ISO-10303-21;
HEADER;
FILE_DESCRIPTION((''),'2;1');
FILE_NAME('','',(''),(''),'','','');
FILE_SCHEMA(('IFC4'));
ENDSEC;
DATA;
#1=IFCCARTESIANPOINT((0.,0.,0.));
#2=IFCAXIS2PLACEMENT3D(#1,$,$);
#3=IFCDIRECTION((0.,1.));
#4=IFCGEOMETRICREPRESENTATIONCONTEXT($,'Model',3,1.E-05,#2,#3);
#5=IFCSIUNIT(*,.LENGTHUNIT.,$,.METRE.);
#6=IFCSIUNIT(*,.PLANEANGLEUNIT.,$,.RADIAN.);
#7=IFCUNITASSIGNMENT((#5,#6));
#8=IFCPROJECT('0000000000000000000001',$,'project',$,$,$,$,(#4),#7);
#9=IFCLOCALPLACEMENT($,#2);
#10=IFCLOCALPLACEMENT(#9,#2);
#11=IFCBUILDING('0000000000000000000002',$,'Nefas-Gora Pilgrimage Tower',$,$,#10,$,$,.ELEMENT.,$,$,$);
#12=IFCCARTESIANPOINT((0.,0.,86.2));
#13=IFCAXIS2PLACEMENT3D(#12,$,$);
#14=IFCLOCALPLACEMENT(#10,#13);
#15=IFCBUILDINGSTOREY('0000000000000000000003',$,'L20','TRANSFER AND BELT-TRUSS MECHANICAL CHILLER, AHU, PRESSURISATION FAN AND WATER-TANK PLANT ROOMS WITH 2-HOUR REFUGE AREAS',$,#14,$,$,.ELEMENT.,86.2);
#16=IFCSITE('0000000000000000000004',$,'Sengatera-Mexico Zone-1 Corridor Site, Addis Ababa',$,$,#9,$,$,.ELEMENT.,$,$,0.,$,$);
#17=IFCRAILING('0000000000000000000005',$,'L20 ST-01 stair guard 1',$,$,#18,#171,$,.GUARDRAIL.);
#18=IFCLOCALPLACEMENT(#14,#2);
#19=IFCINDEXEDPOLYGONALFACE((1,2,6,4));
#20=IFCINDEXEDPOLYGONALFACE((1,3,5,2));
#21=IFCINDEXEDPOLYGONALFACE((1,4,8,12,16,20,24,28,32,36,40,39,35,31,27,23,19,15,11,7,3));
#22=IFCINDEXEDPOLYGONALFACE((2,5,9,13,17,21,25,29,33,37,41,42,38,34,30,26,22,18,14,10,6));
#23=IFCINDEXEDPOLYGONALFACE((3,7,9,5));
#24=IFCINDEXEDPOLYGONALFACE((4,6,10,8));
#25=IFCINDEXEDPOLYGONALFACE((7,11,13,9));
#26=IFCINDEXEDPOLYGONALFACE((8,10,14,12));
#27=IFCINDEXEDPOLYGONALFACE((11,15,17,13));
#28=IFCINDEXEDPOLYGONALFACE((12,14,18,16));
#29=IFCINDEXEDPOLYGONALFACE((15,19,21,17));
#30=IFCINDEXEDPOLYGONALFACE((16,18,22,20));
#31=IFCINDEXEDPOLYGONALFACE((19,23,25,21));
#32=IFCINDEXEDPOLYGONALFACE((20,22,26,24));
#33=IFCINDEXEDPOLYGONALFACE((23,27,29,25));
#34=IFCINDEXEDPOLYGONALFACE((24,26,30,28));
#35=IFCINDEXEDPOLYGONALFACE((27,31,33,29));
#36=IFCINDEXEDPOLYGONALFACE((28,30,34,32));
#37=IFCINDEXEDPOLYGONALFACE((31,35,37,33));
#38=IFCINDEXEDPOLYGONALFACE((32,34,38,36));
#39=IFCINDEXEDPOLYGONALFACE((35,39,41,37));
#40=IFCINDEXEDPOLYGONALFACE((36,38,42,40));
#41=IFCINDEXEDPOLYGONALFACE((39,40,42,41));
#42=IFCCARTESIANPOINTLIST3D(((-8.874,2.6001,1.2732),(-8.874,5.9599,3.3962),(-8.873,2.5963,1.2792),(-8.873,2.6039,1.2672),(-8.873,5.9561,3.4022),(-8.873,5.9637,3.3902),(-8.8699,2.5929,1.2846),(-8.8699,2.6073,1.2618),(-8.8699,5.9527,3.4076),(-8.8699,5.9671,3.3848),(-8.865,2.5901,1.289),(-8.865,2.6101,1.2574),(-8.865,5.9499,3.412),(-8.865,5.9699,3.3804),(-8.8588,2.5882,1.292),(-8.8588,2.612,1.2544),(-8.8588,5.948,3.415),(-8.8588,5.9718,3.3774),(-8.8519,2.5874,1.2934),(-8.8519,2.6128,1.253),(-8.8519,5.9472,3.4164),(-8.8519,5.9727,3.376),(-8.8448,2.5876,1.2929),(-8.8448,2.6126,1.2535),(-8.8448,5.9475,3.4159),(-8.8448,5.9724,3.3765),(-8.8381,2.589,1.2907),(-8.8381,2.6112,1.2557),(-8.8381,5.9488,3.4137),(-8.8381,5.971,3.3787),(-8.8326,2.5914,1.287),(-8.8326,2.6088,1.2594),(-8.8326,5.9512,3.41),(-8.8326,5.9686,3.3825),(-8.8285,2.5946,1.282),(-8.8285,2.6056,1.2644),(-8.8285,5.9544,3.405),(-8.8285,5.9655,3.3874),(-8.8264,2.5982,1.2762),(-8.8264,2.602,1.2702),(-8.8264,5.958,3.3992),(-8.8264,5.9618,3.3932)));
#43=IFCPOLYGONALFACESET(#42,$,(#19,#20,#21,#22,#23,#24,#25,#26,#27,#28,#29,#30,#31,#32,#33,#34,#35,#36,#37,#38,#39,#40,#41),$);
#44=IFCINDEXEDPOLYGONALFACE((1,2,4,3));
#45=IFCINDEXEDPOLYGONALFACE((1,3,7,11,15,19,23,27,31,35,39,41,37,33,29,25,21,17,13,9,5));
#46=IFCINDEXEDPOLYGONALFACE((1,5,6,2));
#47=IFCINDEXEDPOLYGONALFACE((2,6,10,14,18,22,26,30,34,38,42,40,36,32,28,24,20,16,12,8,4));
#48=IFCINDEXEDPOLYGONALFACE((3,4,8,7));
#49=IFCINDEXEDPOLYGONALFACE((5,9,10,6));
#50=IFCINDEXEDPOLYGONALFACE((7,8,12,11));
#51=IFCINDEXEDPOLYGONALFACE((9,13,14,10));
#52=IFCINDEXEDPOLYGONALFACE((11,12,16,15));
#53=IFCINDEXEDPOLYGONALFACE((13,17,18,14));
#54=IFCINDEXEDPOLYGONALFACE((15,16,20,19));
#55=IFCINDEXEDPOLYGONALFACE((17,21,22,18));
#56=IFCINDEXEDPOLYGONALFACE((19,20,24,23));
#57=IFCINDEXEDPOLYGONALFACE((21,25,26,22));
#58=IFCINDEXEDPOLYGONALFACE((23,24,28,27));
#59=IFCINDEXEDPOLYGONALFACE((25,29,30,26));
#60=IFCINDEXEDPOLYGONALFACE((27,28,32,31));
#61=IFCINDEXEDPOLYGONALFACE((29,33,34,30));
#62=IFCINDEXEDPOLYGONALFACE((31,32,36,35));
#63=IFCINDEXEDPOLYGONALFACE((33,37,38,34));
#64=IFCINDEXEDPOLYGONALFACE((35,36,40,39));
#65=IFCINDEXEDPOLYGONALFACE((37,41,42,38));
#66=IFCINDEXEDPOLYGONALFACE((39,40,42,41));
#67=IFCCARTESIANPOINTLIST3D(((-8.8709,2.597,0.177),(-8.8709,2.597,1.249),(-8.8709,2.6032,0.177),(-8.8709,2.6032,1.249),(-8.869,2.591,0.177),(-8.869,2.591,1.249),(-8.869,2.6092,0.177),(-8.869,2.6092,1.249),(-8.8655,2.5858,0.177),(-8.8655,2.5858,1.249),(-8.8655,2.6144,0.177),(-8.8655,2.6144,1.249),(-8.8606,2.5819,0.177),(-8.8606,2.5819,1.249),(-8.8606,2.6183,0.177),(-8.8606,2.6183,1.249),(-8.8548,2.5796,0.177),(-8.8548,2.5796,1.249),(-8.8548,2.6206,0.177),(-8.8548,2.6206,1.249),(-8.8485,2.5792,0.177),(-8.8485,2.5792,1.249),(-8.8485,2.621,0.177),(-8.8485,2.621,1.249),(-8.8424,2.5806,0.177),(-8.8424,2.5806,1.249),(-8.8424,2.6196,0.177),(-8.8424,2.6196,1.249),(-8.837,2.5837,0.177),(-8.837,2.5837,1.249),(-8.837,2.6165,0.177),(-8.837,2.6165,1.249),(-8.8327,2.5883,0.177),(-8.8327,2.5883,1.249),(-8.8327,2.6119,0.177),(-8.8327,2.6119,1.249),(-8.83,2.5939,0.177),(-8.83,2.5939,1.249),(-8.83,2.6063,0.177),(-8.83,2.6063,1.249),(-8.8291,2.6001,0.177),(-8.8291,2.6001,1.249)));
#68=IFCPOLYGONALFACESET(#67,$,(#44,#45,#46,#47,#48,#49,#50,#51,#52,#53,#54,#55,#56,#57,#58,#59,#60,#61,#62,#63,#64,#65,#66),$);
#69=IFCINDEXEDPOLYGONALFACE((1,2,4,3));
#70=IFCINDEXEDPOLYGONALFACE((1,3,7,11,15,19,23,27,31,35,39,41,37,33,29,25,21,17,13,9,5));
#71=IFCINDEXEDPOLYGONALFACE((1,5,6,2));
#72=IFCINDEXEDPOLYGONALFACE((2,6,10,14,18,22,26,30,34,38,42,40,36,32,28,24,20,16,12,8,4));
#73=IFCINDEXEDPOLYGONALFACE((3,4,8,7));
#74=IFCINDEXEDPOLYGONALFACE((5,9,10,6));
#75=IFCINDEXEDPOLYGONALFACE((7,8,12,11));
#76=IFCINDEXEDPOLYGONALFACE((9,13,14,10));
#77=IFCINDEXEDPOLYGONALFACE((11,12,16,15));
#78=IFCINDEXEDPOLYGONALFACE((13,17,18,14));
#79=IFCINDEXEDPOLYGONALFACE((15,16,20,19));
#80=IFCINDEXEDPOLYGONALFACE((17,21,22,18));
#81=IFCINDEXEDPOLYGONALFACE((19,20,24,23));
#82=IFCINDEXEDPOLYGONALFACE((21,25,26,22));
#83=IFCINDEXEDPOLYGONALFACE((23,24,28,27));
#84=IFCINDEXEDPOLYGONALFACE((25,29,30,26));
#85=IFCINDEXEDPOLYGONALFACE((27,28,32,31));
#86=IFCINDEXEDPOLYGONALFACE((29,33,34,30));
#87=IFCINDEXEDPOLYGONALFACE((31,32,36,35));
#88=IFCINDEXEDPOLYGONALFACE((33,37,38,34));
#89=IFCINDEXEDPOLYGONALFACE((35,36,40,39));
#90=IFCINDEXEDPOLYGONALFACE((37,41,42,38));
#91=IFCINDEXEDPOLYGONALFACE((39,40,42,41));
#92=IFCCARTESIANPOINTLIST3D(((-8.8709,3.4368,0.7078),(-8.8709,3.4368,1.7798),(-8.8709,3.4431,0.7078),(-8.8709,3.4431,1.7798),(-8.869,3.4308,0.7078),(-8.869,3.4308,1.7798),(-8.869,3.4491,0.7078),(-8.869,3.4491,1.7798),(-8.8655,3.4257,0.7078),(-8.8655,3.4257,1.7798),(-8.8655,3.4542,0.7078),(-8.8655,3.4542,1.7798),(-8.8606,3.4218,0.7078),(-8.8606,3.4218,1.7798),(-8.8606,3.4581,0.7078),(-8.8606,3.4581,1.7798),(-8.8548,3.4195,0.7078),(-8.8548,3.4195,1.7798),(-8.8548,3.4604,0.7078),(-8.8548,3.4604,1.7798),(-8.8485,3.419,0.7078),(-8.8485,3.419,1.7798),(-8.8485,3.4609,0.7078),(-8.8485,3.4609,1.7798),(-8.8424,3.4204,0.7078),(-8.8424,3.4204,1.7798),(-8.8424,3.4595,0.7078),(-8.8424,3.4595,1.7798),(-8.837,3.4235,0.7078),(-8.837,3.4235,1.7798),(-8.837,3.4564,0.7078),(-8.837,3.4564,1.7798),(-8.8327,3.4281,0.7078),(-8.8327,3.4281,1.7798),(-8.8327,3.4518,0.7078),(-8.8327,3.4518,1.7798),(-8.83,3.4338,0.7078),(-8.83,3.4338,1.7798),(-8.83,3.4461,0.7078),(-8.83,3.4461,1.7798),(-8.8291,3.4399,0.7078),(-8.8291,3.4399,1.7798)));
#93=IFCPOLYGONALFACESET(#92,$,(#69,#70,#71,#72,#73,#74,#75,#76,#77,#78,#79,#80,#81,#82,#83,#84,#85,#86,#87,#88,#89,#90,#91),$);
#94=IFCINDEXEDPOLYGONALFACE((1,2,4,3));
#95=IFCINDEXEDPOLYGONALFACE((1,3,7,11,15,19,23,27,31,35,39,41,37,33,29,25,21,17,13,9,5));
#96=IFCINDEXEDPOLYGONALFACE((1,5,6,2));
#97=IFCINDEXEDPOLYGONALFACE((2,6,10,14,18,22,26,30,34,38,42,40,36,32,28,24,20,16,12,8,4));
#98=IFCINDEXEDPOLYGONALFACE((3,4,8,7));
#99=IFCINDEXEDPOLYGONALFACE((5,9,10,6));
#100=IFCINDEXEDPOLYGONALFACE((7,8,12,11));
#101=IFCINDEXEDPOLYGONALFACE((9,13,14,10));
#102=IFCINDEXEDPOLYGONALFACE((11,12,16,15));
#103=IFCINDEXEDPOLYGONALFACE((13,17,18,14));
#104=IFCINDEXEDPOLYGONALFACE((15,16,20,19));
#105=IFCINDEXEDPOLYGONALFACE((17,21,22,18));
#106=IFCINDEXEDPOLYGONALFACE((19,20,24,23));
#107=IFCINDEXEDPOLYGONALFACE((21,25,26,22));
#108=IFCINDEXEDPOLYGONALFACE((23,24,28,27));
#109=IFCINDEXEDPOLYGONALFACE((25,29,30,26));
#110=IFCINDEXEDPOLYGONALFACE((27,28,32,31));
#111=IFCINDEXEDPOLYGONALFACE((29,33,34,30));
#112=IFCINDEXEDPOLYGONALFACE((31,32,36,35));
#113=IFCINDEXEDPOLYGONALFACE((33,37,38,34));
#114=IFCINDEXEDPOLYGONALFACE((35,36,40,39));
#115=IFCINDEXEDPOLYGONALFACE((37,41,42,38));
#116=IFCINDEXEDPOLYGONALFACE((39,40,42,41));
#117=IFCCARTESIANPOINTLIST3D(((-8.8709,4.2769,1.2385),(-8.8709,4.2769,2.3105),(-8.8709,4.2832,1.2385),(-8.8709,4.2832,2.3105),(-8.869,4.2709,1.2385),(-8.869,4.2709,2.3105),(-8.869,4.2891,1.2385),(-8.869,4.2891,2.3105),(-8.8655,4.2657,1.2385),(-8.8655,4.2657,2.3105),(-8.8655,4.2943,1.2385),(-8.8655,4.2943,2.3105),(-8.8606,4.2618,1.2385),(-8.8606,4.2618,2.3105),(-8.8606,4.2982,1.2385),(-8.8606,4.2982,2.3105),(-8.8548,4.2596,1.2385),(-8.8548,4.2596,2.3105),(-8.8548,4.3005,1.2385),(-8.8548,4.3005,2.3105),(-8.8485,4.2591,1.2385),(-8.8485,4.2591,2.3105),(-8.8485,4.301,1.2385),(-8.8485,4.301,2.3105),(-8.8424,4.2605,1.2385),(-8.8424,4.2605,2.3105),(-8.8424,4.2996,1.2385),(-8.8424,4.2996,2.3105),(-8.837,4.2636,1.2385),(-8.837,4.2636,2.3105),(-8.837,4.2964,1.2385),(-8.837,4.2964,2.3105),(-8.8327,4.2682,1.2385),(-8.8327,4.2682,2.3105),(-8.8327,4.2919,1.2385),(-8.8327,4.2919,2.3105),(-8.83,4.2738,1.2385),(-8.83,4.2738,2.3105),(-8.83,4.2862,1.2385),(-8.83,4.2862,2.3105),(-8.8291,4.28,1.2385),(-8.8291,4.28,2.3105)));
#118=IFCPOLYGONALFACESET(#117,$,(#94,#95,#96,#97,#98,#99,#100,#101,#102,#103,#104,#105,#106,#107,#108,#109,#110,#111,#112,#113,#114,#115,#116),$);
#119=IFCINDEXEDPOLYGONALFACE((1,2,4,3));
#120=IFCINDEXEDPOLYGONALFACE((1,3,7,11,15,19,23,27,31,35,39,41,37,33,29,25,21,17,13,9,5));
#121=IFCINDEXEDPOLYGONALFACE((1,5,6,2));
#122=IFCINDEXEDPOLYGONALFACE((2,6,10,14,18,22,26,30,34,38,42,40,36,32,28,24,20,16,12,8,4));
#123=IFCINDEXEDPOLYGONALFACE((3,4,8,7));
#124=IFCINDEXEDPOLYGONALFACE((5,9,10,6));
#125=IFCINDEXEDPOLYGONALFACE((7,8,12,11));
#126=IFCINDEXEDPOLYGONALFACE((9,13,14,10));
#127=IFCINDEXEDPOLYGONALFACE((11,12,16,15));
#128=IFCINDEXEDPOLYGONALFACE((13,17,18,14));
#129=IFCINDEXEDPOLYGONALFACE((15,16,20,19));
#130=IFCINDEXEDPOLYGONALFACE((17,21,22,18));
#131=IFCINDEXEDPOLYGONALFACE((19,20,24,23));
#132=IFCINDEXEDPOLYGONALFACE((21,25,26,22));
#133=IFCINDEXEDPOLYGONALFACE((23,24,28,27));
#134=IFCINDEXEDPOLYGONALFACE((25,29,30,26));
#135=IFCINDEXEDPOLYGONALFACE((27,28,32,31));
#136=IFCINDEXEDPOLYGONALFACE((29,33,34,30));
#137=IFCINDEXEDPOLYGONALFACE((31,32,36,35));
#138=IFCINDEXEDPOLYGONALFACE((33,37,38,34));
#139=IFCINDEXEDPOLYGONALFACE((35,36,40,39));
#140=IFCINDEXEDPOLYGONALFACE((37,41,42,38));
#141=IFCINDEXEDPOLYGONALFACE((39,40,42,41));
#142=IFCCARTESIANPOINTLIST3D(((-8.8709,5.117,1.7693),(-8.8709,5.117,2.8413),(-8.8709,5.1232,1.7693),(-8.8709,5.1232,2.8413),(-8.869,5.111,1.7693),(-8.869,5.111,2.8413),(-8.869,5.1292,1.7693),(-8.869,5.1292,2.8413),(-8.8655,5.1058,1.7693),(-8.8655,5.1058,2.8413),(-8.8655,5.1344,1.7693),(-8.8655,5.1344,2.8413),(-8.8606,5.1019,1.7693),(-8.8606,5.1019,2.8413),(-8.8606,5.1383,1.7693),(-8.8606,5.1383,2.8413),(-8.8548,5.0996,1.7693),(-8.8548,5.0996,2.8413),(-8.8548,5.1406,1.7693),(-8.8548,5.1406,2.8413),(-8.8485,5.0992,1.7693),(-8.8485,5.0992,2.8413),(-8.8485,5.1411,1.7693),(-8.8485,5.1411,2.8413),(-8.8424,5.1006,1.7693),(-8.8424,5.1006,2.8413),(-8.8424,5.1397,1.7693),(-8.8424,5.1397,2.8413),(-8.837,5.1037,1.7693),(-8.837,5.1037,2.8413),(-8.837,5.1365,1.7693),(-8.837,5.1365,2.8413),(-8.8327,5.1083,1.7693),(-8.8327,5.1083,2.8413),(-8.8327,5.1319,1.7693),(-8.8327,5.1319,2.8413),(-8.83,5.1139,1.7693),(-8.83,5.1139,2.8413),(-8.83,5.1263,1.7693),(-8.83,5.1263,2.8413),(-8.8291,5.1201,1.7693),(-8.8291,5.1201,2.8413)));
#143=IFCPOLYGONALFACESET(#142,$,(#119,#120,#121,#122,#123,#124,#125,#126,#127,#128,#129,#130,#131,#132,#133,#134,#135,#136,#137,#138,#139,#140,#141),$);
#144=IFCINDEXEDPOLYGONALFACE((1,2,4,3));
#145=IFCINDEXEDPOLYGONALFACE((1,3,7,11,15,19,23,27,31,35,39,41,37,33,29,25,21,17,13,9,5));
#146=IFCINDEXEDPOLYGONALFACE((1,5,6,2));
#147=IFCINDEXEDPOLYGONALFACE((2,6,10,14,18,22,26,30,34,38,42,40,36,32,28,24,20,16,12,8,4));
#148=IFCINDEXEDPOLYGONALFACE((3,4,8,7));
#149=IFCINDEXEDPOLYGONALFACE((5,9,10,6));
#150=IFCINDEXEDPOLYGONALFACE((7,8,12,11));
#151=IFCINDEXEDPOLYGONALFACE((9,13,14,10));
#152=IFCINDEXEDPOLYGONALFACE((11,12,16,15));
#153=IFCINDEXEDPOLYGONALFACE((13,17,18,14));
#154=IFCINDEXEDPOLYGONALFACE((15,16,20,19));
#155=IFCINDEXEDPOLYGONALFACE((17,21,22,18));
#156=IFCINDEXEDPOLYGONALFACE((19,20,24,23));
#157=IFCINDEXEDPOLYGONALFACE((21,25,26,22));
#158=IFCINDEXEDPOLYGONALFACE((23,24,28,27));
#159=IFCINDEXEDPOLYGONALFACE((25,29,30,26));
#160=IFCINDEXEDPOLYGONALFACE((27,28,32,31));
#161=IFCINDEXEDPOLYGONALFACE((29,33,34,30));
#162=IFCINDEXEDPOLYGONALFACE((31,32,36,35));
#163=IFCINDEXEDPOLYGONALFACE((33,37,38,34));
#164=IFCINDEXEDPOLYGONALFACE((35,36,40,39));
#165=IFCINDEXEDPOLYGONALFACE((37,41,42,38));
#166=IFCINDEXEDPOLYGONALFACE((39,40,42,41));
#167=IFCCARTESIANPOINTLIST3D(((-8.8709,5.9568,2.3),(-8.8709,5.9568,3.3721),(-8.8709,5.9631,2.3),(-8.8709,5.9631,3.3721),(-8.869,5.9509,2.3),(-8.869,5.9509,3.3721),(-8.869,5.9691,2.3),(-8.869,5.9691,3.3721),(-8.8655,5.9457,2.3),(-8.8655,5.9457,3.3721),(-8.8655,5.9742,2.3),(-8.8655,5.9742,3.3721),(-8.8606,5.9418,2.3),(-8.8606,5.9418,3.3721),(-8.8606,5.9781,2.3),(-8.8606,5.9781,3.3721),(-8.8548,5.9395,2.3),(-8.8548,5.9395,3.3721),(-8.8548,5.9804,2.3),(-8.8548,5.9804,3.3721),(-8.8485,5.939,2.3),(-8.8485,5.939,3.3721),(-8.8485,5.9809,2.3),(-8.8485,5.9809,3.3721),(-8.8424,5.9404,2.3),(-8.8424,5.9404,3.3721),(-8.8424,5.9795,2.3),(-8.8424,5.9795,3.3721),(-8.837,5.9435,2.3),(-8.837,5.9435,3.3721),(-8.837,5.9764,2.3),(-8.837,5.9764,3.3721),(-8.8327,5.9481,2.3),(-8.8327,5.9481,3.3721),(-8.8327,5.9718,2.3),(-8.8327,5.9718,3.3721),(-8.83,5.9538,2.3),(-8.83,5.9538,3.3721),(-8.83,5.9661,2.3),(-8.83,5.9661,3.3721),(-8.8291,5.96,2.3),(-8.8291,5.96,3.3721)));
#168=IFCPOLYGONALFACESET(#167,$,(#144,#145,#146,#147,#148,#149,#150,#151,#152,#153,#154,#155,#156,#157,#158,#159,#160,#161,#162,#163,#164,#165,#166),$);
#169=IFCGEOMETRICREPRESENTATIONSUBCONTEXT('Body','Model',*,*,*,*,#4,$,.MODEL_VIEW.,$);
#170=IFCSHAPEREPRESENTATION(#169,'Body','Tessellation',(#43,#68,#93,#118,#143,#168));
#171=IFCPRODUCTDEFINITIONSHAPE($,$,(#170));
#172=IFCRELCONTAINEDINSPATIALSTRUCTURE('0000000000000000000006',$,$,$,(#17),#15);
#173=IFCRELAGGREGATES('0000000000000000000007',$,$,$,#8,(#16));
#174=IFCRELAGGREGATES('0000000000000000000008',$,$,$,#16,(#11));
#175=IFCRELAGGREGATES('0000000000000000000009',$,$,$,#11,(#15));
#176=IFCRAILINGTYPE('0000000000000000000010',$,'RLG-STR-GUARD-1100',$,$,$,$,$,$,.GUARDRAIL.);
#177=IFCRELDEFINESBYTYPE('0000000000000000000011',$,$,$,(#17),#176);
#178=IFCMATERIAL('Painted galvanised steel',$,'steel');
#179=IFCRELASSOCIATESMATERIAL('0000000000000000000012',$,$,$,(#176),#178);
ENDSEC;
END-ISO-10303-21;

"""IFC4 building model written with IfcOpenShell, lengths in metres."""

from ifc_helpers import new_model, si_unit, direction, frame, origin, origin_2d, place, context, subcontext, project, spatial, circle, extrude, material, type_object, element, save


model = new_model("IFC4")

# Units and contexts
model_context = context("Model", 3, precision=1e-05, world=origin(), true_north=direction((0.0, 1.0)))
body_context = subcontext(model_context, "Body", "Model", "MODEL_VIEW")
ifc_project = project(units=[si_unit("LENGTHUNIT", "METRE"), si_unit("PLANEANGLEUNIT", "RADIAN")], contexts=[model_context])

# Site, building, storey
site_placement = place(None, origin())
site = spatial("IfcSite", under=ifc_project, at=site_placement, Name="Sengatera-Mexico Zone-1 Corridor Site, Addis Ababa", CompositionType="ELEMENT", RefElevation=0.0)
building_placement = place(site_placement, origin())
building = spatial("IfcBuilding", under=site, at=building_placement, Name="Nefas-Gora Pilgrimage Tower", CompositionType="ELEMENT")
storey_placement = place(building_placement, frame((0.0, 0.0, 86.2)))
storey = spatial("IfcBuildingStorey", under=building, at=storey_placement, Name="L20", Description="TRANSFER AND BELT-TRUSS MECHANICAL CHILLER, AHU, PRESSURISATION FAN AND WATER-TANK PLANT ROOMS WITH 2-HOUR REFUGE AREAS", CompositionType="ELEMENT", Elevation=86.2)

# Railing
ifc_material_1 = material(Name="Painted galvanised steel", Category="steel")
railing_type_1 = type_object("IfcRailingType", Name="RLG-STR-GUARD-1100", PredefinedType="GUARDRAIL", material=ifc_material_1)
railing_1_placement = place(storey_placement, frame((-8.8501, 2.6001, 0.177)))
element("IfcRailing", 1, at=railing_1_placement, inside=storey, type_object=railing_type_1, Name="L20 ST-01 stair guard 1", PredefinedType="GUARDRAIL", context=body_context, shape_type="SweptSolid", body=[
    extrude(circle(Radius=0.0239, at=origin_2d()), frame((0.0, 0.0, 1.0962), z_axis=(0.0, 0.845372, 0.534178), x_axis=(-1.0, 0.0, 0.0)), (0.0, 0.0, 1.0), 3.9744),
    extrude(circle(Radius=0.021, at=origin_2d()), origin(), (0.0, 0.0, 1.0), 1.072),
    extrude(circle(Radius=0.021, at=origin_2d()), frame((0.0, 0.8398, 0.5308)), (0.0, 0.0, 1.0), 1.072),
    extrude(circle(Radius=0.021, at=origin_2d()), frame((0.0, 1.6799, 1.0615)), (0.0, 0.0, 1.0), 1.072),
    extrude(circle(Radius=0.021, at=origin_2d()), frame((0.0, 2.52, 1.5923)), (0.0, 0.0, 1.0), 1.072),
    extrude(circle(Radius=0.021, at=origin_2d()), frame((0.0, 3.3599, 2.123)), (0.0, 0.0, 1.0), 1.072),
])

save(model, "model.ifc")
